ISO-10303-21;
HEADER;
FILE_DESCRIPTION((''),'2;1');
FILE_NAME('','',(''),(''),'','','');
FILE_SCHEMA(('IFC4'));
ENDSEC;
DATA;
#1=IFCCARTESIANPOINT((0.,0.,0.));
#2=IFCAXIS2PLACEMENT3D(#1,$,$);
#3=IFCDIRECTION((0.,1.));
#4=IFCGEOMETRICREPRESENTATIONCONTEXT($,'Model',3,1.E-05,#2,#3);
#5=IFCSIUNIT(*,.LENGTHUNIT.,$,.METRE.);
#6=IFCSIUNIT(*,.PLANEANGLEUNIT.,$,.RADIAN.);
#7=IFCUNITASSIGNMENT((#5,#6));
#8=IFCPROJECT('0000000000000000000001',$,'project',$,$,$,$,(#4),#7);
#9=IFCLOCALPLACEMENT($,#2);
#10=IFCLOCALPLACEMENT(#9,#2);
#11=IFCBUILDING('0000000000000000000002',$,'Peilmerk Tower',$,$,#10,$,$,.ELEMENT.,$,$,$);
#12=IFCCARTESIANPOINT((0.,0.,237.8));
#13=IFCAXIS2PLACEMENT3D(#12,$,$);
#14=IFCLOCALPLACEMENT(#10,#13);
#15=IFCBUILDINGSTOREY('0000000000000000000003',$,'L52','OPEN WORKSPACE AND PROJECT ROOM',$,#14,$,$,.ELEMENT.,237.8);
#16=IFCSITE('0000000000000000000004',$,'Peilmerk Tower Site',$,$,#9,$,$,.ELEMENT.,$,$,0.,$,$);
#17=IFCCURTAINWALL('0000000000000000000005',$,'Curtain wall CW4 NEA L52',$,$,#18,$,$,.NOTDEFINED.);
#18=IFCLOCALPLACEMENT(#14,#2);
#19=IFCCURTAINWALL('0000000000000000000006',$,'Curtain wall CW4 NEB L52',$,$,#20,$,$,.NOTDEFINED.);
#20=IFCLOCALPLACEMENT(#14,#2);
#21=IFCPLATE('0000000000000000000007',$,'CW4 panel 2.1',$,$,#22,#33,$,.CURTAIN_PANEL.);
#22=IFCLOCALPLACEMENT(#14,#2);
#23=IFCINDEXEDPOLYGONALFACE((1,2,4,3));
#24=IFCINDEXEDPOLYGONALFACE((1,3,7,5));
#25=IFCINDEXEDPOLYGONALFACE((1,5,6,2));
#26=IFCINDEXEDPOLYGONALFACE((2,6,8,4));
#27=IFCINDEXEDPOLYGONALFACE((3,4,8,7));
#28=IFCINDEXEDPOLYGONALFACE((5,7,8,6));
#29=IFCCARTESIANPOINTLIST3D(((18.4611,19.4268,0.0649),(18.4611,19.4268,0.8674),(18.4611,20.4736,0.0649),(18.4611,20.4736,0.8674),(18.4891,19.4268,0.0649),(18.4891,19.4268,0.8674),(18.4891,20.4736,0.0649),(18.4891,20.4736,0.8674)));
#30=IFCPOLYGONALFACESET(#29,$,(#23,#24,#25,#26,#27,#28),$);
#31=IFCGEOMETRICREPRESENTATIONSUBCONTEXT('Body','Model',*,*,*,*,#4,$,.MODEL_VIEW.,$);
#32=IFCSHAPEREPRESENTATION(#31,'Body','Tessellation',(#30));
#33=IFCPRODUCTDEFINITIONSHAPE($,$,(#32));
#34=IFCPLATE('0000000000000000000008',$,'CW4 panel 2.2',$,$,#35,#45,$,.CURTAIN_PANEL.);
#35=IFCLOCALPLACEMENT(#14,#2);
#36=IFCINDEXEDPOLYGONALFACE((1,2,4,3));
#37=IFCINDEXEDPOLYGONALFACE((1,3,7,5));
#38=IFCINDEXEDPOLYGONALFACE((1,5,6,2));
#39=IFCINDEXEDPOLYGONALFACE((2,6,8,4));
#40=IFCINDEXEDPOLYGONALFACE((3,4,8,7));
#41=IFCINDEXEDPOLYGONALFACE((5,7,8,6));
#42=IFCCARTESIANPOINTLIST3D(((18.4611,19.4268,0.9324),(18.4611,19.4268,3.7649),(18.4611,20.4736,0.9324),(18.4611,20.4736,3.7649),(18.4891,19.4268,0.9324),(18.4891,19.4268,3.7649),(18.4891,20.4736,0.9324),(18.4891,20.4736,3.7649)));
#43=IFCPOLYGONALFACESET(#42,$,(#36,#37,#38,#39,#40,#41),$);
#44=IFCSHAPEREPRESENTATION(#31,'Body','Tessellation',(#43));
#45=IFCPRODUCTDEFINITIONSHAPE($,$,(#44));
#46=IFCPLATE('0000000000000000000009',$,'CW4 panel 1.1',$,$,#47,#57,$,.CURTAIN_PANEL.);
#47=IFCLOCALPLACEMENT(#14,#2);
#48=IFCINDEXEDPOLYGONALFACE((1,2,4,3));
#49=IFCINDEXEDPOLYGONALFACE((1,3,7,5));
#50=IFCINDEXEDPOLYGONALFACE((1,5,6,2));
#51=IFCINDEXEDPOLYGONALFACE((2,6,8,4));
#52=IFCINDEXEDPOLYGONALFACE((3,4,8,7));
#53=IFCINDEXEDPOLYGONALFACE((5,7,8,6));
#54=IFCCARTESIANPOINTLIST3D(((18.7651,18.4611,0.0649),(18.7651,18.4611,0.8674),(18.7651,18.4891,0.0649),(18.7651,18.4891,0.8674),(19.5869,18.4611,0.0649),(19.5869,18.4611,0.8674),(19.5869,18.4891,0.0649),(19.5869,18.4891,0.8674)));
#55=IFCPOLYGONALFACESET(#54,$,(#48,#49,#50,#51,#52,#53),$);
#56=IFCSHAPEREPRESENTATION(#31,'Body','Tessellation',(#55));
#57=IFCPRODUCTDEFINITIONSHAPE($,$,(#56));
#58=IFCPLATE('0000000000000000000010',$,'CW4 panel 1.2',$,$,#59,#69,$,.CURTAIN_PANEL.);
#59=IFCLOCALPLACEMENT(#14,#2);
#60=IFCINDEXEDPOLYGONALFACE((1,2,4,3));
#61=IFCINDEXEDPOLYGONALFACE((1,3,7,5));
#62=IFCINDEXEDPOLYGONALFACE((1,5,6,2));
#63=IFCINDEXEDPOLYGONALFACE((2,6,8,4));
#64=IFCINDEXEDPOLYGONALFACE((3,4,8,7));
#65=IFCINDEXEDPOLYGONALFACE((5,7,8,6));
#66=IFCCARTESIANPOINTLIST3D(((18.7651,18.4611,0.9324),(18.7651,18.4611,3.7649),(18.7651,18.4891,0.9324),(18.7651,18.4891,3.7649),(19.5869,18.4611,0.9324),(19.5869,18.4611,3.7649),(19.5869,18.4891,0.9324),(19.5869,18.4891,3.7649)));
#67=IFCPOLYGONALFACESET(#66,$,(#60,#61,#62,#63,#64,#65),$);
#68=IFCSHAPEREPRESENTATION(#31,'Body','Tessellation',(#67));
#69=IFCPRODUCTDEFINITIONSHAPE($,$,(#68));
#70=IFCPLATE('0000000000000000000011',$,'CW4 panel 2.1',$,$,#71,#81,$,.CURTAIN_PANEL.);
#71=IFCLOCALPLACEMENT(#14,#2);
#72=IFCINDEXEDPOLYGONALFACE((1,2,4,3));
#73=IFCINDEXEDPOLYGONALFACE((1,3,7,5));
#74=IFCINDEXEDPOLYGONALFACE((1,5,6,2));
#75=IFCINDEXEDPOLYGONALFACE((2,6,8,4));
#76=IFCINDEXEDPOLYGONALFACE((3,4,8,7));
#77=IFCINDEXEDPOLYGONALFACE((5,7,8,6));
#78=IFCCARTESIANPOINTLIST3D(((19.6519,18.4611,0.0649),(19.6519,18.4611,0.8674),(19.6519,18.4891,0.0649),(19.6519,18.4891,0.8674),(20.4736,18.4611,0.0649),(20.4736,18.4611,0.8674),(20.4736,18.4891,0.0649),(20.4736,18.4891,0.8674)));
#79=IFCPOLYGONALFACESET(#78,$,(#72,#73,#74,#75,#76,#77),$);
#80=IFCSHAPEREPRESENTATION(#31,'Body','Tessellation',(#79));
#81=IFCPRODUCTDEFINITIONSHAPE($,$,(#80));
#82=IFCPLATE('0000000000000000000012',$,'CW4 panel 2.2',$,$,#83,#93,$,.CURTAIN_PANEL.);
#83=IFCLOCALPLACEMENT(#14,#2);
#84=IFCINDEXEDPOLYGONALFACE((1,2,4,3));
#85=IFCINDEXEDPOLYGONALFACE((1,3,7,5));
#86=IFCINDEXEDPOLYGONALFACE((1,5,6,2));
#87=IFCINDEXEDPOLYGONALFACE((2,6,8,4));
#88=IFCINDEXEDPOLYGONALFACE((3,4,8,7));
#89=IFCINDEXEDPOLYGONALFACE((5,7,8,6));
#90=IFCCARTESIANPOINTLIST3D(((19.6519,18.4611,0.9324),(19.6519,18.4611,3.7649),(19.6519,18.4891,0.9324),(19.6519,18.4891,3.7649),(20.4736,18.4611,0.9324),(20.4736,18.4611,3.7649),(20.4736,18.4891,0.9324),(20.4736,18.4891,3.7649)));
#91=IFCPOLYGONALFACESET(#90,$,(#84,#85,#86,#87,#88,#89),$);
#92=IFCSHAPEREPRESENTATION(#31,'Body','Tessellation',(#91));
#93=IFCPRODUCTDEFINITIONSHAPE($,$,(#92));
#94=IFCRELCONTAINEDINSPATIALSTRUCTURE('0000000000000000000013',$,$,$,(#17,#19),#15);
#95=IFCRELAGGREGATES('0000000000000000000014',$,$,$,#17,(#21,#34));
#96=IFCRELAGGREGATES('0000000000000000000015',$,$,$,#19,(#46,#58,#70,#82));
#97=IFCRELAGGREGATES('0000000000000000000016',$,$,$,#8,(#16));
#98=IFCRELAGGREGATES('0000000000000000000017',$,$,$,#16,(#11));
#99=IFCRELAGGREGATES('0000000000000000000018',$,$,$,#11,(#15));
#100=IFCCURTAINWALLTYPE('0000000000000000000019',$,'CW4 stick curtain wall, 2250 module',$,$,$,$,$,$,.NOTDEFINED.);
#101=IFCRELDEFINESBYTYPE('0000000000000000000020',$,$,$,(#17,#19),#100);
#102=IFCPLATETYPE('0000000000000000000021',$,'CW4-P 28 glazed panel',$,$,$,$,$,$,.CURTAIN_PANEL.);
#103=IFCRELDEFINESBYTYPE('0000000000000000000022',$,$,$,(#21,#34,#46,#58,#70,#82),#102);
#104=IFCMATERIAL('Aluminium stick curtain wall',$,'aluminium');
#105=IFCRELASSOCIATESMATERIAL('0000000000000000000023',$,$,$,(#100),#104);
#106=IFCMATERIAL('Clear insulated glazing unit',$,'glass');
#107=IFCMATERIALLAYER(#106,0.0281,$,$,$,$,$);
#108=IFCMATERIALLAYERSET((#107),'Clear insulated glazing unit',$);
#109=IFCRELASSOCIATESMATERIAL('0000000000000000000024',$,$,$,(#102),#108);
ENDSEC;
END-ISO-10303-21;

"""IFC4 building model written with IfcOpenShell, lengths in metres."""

from ifc_helpers import new_model, si_unit, direction, frame, origin, origin_2d, place, context, subcontext, project, spatial, rectangle, extrude, material, layer, layer_set, type_object, element, aggregate, save


model = new_model("IFC4")

# Units and contexts
model_context = context("Model", 3, precision=1e-05, world=origin(), true_north=direction((0.0, 1.0)))
body_context = subcontext(model_context, "Body", "Model", "MODEL_VIEW")
ifc_project = project(units=[si_unit("LENGTHUNIT", "METRE"), si_unit("PLANEANGLEUNIT", "RADIAN")], contexts=[model_context])

# Site, building, storey
site_placement = place(None, origin())
site = spatial("IfcSite", under=ifc_project, at=site_placement, Name="Peilmerk Tower Site", CompositionType="ELEMENT", RefElevation=0.0)
building_placement = place(site_placement, origin())
building = spatial("IfcBuilding", under=site, at=building_placement, Name="Peilmerk Tower", CompositionType="ELEMENT")
storey_placement = place(building_placement, frame((0.0, 0.0, 237.8)))
storey = spatial("IfcBuildingStorey", under=building, at=storey_placement, Name="L52", Description="OPEN WORKSPACE AND PROJECT ROOM", CompositionType="ELEMENT", Elevation=237.8)

# Curtain wall
ifc_material_1 = material(Name="Aluminium stick curtain wall", Category="aluminium")
curtain_wall_type = type_object("IfcCurtainWallType", Name="CW4 stick curtain wall, 2250 module", PredefinedType="NOTDEFINED", material=ifc_material_1)
curtain_wall_1_placement = place(storey_placement, origin())
curtain_wall_1 = element("IfcCurtainWall", 1, at=curtain_wall_1_placement, inside=storey, type_object=curtain_wall_type, Name="Curtain wall CW4 NEA L52", PredefinedType="NOTDEFINED")

# Curtain wall
curtain_wall_2_placement = place(storey_placement, origin())
curtain_wall_2 = element("IfcCurtainWall", 2, at=curtain_wall_2_placement, inside=storey, type_object=curtain_wall_type, Name="Curtain wall CW4 NEB L52", PredefinedType="NOTDEFINED")

# Plates
ifc_material_2 = material(Name="Clear insulated glazing unit", Category="glass")
ifc_layer_1 = layer(ifc_material_2, 0.0281)
ifc_layer_set_1 = layer_set([ifc_layer_1], Name="Clear insulated glazing unit")
plate_type = type_object("IfcPlateType", Name="CW4-P 28 glazed panel", PredefinedType="CURTAIN_PANEL", material=ifc_layer_set_1)
plate_1_placement = place(storey_placement, frame((18.4751, 19.9502, 0.0649), z_axis=(0.0, 0.0, 1.0), x_axis=(0.0, 1.0, 0.0)))
plate_1 = element("IfcPlate", 3, at=plate_1_placement, type_object=plate_type, Name="CW4 panel 2.1", PredefinedType="CURTAIN_PANEL", context=body_context, shape_type="SweptSolid", body=[
    extrude(rectangle(XDim=1.0469, YDim=0.0281, at=origin_2d()), origin(), (0.0, 0.0, 1.0), 0.8025),
])
plate_2_placement = place(storey_placement, frame((18.4751, 19.9502, 0.9324), z_axis=(0.0, 0.0, 1.0), x_axis=(0.0, 1.0, 0.0)))
plate_2 = element("IfcPlate", 4, at=plate_2_placement, type_object=plate_type, Name="CW4 panel 2.2", PredefinedType="CURTAIN_PANEL", context=body_context, shape_type="SweptSolid", body=[
    extrude(rectangle(XDim=1.0469, YDim=0.0281, at=origin_2d()), origin(), (0.0, 0.0, 1.0), 2.8325),
])
aggregate(curtain_wall_1, [plate_1, plate_2])
plate_3_placement = place(storey_placement, frame((19.176, 18.4751, 0.0649), z_axis=(0.0, 0.0, 1.0), x_axis=(1.0, 0.0, 0.0)))
plate_3 = element("IfcPlate", 5, at=plate_3_placement, type_object=plate_type, Name="CW4 panel 1.1", PredefinedType="CURTAIN_PANEL", context=body_context, shape_type="SweptSolid", body=[
    extrude(rectangle(XDim=0.8218, YDim=0.0281, at=origin_2d()), origin(), (0.0, 0.0, 1.0), 0.8025),
])
plate_4_placement = place(storey_placement, frame((19.176, 18.4751, 0.9324), z_axis=(0.0, 0.0, 1.0), x_axis=(1.0, 0.0, 0.0)))
plate_4 = element("IfcPlate", 6, at=plate_4_placement, type_object=plate_type, Name="CW4 panel 1.2", PredefinedType="CURTAIN_PANEL", context=body_context, shape_type="SweptSolid", body=[
    extrude(rectangle(XDim=0.8218, YDim=0.0281, at=origin_2d()), origin(), (0.0, 0.0, 1.0), 2.8325),
])
plate_5_placement = place(storey_placement, frame((20.0627, 18.4751, 0.0649), z_axis=(0.0, 0.0, 1.0), x_axis=(1.0, 0.0, 0.0)))
plate_5 = element("IfcPlate", 7, at=plate_5_placement, type_object=plate_type, Name="CW4 panel 2.1", PredefinedType="CURTAIN_PANEL", context=body_context, shape_type="SweptSolid", body=[
    extrude(rectangle(XDim=0.8218, YDim=0.0281, at=origin_2d()), origin(), (0.0, 0.0, 1.0), 0.8025),
])
plate_6_placement = place(storey_placement, frame((20.0627, 18.4751, 0.9324), z_axis=(0.0, 0.0, 1.0), x_axis=(1.0, 0.0, 0.0)))
plate_6 = element("IfcPlate", 8, at=plate_6_placement, type_object=plate_type, Name="CW4 panel 2.2", PredefinedType="CURTAIN_PANEL", context=body_context, shape_type="SweptSolid", body=[
    extrude(rectangle(XDim=0.8218, YDim=0.0281, at=origin_2d()), origin(), (0.0, 0.0, 1.0), 2.8325),
])
aggregate(curtain_wall_2, [plate_3, plate_4, plate_5, plate_6])

save(model, "model.ifc")
